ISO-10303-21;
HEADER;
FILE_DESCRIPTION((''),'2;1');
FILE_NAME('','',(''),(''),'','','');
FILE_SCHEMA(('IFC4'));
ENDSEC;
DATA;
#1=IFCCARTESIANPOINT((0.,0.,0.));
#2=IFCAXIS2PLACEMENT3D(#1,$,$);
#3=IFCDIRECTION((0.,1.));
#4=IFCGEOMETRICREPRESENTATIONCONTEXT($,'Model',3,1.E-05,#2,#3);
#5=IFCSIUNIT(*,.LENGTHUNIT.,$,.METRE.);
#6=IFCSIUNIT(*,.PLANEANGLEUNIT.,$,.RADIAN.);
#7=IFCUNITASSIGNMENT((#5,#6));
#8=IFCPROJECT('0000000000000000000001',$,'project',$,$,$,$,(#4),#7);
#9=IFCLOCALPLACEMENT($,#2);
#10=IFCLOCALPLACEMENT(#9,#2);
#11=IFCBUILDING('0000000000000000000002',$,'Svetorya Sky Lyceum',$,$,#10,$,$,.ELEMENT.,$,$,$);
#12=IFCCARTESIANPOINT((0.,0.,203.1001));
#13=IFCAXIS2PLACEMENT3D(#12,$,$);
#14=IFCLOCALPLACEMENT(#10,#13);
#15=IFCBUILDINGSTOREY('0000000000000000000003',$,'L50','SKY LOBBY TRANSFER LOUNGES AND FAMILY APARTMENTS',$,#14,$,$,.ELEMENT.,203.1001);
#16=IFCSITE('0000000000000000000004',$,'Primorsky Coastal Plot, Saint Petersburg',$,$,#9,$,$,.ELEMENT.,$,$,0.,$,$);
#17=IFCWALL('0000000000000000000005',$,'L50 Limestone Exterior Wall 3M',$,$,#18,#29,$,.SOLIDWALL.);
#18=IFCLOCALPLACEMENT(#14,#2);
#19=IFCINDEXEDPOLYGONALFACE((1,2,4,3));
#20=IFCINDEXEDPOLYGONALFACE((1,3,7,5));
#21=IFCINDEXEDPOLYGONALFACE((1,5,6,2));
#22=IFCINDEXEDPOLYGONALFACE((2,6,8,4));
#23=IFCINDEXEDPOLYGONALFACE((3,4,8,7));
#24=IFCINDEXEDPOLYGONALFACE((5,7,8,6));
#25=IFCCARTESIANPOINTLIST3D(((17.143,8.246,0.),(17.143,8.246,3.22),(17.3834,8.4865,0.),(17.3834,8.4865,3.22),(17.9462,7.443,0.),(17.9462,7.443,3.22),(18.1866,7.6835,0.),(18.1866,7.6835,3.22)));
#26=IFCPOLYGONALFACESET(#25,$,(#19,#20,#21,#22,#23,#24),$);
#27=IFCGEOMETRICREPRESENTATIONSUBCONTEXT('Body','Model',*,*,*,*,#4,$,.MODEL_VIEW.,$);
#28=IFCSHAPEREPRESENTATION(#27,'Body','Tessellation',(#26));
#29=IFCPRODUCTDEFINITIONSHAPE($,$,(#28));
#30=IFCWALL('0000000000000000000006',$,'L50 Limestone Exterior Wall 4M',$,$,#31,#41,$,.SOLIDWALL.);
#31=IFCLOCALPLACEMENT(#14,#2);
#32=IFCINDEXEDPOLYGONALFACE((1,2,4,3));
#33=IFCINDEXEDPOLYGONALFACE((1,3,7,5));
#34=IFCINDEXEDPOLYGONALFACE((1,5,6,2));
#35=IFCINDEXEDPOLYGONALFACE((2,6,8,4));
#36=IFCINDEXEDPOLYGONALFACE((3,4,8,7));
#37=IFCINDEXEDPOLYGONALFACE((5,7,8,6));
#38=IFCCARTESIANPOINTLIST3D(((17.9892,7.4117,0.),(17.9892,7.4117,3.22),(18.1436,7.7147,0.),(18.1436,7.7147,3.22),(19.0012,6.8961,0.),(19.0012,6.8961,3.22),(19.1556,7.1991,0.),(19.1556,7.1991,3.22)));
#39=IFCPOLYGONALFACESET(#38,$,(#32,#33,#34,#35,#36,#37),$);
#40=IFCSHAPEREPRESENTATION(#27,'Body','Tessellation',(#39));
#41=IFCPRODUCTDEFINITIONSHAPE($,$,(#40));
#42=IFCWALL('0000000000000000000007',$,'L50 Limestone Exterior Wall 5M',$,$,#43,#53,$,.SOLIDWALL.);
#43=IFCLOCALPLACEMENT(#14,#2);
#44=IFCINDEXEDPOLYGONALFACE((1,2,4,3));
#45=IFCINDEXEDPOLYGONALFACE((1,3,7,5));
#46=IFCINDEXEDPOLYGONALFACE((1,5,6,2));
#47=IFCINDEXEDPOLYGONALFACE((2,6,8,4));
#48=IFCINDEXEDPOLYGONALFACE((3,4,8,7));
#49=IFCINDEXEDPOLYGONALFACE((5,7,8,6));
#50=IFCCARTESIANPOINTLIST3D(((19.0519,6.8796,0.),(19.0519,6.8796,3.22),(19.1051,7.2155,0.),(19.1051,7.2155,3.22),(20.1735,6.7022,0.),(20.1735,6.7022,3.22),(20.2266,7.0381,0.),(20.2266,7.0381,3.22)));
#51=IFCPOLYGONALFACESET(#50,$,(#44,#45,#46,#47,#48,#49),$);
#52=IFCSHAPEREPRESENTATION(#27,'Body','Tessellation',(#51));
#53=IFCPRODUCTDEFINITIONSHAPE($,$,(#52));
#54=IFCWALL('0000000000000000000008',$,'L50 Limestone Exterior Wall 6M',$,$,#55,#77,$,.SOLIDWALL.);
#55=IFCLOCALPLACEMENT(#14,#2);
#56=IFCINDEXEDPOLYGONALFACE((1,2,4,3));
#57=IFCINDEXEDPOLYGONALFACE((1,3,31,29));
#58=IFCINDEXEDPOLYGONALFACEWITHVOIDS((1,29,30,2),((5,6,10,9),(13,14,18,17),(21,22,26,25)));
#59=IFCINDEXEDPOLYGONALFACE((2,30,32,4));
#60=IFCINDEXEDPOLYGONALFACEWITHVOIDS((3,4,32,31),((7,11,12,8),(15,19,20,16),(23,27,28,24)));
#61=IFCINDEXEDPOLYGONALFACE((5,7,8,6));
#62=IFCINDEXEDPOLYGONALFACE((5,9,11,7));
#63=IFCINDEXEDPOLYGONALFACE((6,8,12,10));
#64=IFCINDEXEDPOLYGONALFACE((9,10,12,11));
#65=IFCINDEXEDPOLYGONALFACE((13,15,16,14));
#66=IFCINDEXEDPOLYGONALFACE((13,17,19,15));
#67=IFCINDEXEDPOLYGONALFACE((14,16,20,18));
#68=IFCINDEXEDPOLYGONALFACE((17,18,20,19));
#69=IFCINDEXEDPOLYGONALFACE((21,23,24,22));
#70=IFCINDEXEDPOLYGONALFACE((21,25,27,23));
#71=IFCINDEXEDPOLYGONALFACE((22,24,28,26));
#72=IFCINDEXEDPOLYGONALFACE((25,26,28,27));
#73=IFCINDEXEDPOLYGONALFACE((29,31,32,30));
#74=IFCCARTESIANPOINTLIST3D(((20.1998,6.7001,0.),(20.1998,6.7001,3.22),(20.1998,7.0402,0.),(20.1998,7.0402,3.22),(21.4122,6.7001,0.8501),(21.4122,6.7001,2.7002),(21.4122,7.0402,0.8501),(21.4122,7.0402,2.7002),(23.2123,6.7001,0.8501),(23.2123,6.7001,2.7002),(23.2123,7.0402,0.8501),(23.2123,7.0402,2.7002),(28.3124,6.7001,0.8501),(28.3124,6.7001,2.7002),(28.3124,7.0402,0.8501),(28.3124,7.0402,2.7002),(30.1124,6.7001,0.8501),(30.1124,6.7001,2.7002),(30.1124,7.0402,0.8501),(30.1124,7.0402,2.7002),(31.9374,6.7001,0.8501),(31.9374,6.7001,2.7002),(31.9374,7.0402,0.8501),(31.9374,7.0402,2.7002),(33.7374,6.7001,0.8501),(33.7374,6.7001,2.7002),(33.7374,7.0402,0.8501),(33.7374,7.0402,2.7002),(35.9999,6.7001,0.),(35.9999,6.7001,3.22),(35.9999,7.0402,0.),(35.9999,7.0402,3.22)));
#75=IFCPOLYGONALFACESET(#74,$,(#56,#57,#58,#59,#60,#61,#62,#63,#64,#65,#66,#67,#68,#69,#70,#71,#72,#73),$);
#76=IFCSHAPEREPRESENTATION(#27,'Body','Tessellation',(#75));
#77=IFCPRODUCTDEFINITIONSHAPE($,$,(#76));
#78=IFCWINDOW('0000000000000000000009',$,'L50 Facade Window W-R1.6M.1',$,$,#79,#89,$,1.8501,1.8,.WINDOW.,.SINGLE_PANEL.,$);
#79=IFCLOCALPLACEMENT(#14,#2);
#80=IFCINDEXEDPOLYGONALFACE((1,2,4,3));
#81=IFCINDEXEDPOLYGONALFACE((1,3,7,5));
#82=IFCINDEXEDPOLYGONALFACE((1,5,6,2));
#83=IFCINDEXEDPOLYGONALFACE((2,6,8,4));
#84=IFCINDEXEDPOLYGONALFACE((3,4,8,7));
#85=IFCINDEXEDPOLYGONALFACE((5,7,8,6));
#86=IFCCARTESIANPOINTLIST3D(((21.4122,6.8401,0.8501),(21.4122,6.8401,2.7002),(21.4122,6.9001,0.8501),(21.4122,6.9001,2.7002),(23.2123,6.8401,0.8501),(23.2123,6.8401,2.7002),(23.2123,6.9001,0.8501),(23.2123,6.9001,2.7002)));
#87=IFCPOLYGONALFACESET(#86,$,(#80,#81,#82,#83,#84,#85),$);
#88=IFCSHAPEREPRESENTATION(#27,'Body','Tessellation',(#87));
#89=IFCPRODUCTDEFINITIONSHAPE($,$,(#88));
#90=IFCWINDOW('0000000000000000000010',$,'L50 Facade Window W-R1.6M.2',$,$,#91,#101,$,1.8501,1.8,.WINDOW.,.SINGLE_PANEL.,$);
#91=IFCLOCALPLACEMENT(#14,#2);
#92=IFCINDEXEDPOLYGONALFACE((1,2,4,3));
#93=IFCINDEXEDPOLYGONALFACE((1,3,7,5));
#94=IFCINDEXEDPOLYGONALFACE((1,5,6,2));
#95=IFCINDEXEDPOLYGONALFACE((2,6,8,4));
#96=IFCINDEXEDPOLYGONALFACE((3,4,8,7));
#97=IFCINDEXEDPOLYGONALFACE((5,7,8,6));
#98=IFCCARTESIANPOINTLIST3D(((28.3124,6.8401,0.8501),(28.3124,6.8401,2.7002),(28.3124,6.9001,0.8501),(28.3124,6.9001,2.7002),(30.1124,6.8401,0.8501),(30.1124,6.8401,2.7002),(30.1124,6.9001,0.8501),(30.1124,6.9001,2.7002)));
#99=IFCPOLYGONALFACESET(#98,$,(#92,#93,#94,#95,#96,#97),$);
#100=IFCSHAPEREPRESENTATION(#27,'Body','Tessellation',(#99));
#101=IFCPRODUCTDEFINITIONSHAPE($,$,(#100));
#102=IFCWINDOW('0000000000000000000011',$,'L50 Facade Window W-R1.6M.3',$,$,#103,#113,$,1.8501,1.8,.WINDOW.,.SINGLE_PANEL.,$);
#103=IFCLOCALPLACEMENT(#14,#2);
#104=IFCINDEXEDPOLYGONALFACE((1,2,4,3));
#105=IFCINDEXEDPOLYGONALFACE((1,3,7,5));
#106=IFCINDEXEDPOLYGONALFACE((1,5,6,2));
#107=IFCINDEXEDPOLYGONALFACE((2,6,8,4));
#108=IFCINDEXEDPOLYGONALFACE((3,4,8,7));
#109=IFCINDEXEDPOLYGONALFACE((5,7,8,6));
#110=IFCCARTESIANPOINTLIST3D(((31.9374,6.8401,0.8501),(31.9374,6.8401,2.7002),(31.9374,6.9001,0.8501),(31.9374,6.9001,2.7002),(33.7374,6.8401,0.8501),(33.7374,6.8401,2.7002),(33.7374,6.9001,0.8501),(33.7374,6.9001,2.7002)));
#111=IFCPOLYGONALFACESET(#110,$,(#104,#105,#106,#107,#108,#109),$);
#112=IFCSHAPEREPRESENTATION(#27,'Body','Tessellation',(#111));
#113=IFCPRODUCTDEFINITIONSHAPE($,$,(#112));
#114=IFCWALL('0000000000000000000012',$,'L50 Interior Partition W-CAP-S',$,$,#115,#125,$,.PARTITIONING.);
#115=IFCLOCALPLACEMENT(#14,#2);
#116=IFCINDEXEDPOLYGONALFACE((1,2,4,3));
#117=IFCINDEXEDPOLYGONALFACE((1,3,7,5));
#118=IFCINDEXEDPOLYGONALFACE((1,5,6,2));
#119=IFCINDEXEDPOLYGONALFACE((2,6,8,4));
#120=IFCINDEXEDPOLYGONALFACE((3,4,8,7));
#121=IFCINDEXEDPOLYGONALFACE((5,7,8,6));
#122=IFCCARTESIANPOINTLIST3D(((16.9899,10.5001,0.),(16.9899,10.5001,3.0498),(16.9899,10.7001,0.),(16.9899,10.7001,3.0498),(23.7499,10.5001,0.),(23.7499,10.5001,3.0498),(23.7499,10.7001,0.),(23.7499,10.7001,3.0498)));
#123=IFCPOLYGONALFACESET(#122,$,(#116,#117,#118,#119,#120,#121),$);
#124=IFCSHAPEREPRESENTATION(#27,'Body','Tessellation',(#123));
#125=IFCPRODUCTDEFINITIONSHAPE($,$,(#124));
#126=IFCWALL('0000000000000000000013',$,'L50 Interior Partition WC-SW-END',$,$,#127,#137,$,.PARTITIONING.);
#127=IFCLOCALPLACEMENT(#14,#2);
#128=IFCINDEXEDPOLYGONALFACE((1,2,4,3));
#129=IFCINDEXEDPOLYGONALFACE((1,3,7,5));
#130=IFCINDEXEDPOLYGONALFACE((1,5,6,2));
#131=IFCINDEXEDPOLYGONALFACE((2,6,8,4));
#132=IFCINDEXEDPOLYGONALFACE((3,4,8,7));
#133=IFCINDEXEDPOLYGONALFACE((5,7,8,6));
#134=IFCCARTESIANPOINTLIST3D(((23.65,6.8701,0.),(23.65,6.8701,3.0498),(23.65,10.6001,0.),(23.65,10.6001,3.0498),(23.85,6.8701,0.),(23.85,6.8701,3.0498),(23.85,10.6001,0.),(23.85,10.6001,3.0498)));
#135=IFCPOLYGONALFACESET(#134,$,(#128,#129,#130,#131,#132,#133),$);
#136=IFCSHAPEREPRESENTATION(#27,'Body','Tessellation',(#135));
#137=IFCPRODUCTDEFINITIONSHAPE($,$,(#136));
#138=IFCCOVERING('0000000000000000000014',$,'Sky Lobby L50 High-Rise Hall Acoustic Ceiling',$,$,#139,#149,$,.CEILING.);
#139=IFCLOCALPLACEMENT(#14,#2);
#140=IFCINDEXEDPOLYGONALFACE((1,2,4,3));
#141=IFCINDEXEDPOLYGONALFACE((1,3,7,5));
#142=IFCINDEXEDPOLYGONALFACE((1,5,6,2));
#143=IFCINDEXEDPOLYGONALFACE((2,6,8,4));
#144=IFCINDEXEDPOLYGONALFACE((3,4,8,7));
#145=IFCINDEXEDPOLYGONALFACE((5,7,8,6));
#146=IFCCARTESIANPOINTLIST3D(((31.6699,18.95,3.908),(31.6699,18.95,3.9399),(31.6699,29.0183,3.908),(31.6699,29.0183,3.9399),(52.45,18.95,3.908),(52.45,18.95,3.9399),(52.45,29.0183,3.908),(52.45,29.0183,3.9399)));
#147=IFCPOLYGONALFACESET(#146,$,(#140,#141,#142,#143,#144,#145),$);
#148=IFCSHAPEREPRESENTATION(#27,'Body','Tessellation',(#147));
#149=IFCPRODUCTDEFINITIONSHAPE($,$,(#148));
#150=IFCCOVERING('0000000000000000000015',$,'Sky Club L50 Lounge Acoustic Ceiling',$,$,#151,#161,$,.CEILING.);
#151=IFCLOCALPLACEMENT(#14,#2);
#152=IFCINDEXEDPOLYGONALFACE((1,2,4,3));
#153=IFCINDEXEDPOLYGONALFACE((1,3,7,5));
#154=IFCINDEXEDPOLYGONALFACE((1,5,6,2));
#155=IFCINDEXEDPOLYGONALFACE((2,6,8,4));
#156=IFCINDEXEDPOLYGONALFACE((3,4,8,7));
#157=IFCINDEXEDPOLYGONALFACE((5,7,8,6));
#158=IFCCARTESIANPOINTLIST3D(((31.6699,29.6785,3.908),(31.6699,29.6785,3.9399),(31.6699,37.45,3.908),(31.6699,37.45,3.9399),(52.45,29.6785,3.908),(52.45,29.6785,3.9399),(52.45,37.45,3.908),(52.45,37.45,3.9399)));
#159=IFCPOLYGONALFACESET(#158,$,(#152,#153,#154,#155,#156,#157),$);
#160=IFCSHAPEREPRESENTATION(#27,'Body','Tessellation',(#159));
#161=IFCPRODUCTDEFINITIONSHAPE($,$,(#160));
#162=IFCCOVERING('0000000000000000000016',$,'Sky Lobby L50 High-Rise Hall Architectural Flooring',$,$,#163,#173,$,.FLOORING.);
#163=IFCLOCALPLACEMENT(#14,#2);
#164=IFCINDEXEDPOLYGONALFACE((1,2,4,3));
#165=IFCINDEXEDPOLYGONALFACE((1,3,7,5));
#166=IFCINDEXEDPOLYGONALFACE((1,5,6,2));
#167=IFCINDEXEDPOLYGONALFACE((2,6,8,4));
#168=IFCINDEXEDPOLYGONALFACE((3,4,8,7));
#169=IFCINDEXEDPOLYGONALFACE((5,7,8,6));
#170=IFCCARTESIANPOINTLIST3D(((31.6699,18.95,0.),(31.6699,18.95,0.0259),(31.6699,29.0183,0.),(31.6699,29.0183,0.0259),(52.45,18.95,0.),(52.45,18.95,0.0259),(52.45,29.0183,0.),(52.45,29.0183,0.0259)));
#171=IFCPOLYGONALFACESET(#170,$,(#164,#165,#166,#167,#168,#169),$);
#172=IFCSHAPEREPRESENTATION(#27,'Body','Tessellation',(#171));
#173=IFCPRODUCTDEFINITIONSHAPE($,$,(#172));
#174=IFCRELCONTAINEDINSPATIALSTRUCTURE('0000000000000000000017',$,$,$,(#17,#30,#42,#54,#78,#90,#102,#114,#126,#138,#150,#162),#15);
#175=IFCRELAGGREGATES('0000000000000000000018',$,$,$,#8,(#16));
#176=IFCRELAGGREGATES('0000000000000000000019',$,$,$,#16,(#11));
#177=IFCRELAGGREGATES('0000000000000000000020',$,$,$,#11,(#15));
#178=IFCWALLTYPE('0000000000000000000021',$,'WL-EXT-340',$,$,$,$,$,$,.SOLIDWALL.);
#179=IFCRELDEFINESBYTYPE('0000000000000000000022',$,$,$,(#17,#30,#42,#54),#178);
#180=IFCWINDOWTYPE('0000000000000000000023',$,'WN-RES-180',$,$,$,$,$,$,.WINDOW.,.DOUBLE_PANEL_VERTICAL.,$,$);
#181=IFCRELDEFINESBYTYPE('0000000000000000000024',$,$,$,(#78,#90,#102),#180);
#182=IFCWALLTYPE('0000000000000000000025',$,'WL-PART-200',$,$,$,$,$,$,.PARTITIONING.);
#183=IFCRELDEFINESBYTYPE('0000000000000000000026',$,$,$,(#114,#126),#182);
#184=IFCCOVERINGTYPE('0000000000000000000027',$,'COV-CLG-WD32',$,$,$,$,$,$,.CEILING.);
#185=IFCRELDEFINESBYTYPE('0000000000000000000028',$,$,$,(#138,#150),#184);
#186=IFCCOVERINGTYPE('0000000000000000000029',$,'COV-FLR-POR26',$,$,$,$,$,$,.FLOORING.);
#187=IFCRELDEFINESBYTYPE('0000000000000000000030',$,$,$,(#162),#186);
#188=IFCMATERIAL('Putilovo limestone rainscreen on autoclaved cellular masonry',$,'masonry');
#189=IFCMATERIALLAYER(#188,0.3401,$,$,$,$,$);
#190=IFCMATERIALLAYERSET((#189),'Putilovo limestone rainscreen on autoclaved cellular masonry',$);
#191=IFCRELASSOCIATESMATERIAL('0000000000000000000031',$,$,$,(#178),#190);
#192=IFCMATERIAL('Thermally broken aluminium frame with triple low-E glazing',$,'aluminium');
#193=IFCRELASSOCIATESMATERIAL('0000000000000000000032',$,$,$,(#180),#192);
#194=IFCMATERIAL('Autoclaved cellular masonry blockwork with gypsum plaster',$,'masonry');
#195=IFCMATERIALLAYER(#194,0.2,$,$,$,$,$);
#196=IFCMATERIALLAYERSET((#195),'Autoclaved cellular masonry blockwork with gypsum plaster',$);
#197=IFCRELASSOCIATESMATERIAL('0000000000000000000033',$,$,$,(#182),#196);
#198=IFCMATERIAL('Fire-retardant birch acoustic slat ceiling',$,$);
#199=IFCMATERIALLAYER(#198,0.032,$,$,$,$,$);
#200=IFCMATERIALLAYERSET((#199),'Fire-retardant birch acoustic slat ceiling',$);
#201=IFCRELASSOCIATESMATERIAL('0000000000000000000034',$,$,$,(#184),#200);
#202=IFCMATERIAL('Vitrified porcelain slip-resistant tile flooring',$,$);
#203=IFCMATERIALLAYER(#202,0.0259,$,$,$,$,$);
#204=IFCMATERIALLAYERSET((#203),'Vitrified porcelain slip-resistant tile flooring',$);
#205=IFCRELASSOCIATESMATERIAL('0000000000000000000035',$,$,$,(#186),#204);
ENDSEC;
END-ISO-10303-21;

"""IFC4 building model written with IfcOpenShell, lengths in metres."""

from ifc_helpers import new_model, si_unit, direction, frame, frame_2d, origin, place, context, subcontext, project, spatial, polyline, rectangle, outline, extrude, material, layer, layer_set, type_object, element, fill, save


model = new_model("IFC4")

# Units and contexts
model_context = context("Model", 3, precision=1e-05, world=origin(), true_north=direction((0.0, 1.0)))
body_context = subcontext(model_context, "Body", "Model", "MODEL_VIEW")
ifc_project = project(units=[si_unit("LENGTHUNIT", "METRE"), si_unit("PLANEANGLEUNIT", "RADIAN")], contexts=[model_context])

# Site, building, storey
site_placement = place(None, origin())
site = spatial("IfcSite", under=ifc_project, at=site_placement, Name="Primorsky Coastal Plot, Saint Petersburg", CompositionType="ELEMENT", RefElevation=0.0)
building_placement = place(site_placement, origin())
building = spatial("IfcBuilding", under=site, at=building_placement, Name="Svetorya Sky Lyceum", CompositionType="ELEMENT")
storey_placement = place(building_placement, frame((0.0, 0.0, 203.1001)))
storey = spatial("IfcBuildingStorey", under=building, at=storey_placement, Name="L50", Description="SKY LOBBY TRANSFER LOUNGES AND FAMILY APARTMENTS", CompositionType="ELEMENT", Elevation=203.1001)

# Walls
ifc_material_1 = material(Name="Putilovo limestone rainscreen on autoclaved cellular masonry", Category="masonry")
ifc_layer_1 = layer(ifc_material_1, 0.3401)
ifc_layer_set_1 = layer_set([ifc_layer_1], Name="Putilovo limestone rainscreen on autoclaved cellular masonry")
wall_type_1 = type_object("IfcWallType", Name="WL-EXT-340", PredefinedType="SOLIDWALL", material=ifc_layer_set_1)
for number, where, z_axis, x_axis, name in (
    (1, (17.2632, 8.3662, 0.0), (0.0, 0.0, 1.0), (0.707214, -0.706999, 0.0), "L50 Limestone Exterior Wall 3M"),
    (2, (18.0664, 7.5632, 0.0), (0.0, 0.0, 1.0), (0.891005, -0.453993, 0.0), "L50 Limestone Exterior Wall 4M"),
):
    element("IfcWall", number, at=place(storey_placement, frame(where, z_axis=z_axis, x_axis=x_axis)), inside=storey, type_object=wall_type_1, Name=name, PredefinedType="SOLIDWALL", context=body_context, shape_type="SweptSolid", body=[
        extrude(rectangle(XDim=1.1357, YDim=0.3401, at=frame_2d((0.5679, 0.0))), origin(), (0.0, 0.0, 1.0), 3.22),
    ])
wall_1_placement = place(storey_placement, frame((19.0784, 7.0476, 0.0), z_axis=(0.0, 0.0, 1.0), x_axis=(0.987709, -0.156305, 0.0)))
element("IfcWall", 3, at=wall_1_placement, inside=storey, type_object=wall_type_1, Name="L50 Limestone Exterior Wall 5M", PredefinedType="SOLIDWALL", context=body_context, shape_type="SweptSolid", body=[
    extrude(rectangle(XDim=1.1355, YDim=0.3401, at=frame_2d((0.5679, 0.0))), origin(), (0.0, 0.0, 1.0), 3.22),
])

# Wall, openings, windows
wall_2_placement = place(storey_placement, frame((20.2, 6.8701, 0.0), z_axis=(0.0, 0.0, 1.0), x_axis=(1.0, 0.0, 0.0)))
wall_2 = element("IfcWall", 4, at=wall_2_placement, inside=storey, type_object=wall_type_1, Name="L50 Limestone Exterior Wall 6M", PredefinedType="SOLIDWALL", context=body_context, shape_type="SweptSolid", body=[
    extrude(rectangle(XDim=15.8, YDim=0.3401, at=frame_2d((7.8999, 0.0))), origin(), (0.0, 0.0, 1.0), 3.22),
])
opening_1_placement = place(wall_2_placement, frame((1.2124, 0.0, 0.8501)))
opening_1 = element("IfcOpeningElement", 5, at=opening_1_placement, cuts=wall_2, PredefinedType="OPENING", context=body_context, shape_type="SweptSolid", body=[
    extrude(rectangle(XDim=1.8, YDim=1.8501, at=frame_2d((0.8999, 0.925))), frame((0.0, 0.1799, 0.0), z_axis=(0.0, -1.0, 0.0), x_axis=(1.0, 0.0, 0.0)), (0.0, 0.0, 1.0), 0.3601),
])
opening_2_placement = place(wall_2_placement, frame((8.1125, 0.0, 0.8501)))
opening_2 = element("IfcOpeningElement", 6, at=opening_2_placement, cuts=wall_2, PredefinedType="OPENING", context=body_context, shape_type="SweptSolid", body=[
    extrude(rectangle(XDim=1.8, YDim=1.8501, at=frame_2d((0.8999, 0.925))), frame((0.0, 0.1799, 0.0), z_axis=(0.0, -1.0, 0.0), x_axis=(1.0, 0.0, 0.0)), (0.0, 0.0, 1.0), 0.3601),
])
opening_3_placement = place(wall_2_placement, frame((11.7375, 0.0, 0.8501)))
opening_3 = element("IfcOpeningElement", 7, at=opening_3_placement, cuts=wall_2, PredefinedType="OPENING", context=body_context, shape_type="SweptSolid", body=[
    extrude(rectangle(XDim=1.8, YDim=1.8501, at=frame_2d((0.8999, 0.925))), frame((0.0, 0.1799, 0.0), z_axis=(0.0, -1.0, 0.0), x_axis=(1.0, 0.0, 0.0)), (0.0, 0.0, 1.0), 0.3601),
])
ifc_material_2 = material(Name="Thermally broken aluminium frame with triple low-E glazing", Category="aluminium")
window_type = type_object("IfcWindowType", Name="WN-RES-180", PartitioningType="DOUBLE_PANEL_VERTICAL", PredefinedType="WINDOW", material=ifc_material_2)
window_1_placement = place(opening_1_placement, origin())
window_1 = element("IfcWindow", 8, at=window_1_placement, inside=storey, type_object=window_type, Name="L50 Facade Window W-R1.6M.1", OverallHeight=1.8501, OverallWidth=1.8, PartitioningType="SINGLE_PANEL", PredefinedType="WINDOW", context=body_context, shape_type="SweptSolid", body=[
    extrude(rectangle(XDim=1.8, YDim=1.8501, at=frame_2d((0.8999, 0.925))), frame((0.0, 0.03, 0.0), z_axis=(0.0, -1.0, 0.0), x_axis=(1.0, 0.0, 0.0)), (0.0, 0.0, 1.0), 0.0601),
])
fill(opening_1, window_1)
window_2_placement = place(opening_2_placement, origin())
window_2 = element("IfcWindow", 9, at=window_2_placement, inside=storey, type_object=window_type, Name="L50 Facade Window W-R1.6M.2", OverallHeight=1.8501, OverallWidth=1.8, PartitioningType="SINGLE_PANEL", PredefinedType="WINDOW", context=body_context, shape_type="SweptSolid", body=[
    extrude(rectangle(XDim=1.8, YDim=1.8501, at=frame_2d((0.8999, 0.925))), frame((0.0, 0.03, 0.0), z_axis=(0.0, -1.0, 0.0), x_axis=(1.0, 0.0, 0.0)), (0.0, 0.0, 1.0), 0.0601),
])
fill(opening_2, window_2)
window_3_placement = place(opening_3_placement, origin())
window_3 = element("IfcWindow", 10, at=window_3_placement, inside=storey, type_object=window_type, Name="L50 Facade Window W-R1.6M.3", OverallHeight=1.8501, OverallWidth=1.8, PartitioningType="SINGLE_PANEL", PredefinedType="WINDOW", context=body_context, shape_type="SweptSolid", body=[
    extrude(rectangle(XDim=1.8, YDim=1.8501, at=frame_2d((0.8999, 0.925))), frame((0.0, 0.03, 0.0), z_axis=(0.0, -1.0, 0.0), x_axis=(1.0, 0.0, 0.0)), (0.0, 0.0, 1.0), 0.0601),
])
fill(opening_3, window_3)

# Walls
ifc_material_3 = material(Name="Autoclaved cellular masonry blockwork with gypsum plaster", Category="masonry")
ifc_layer_2 = layer(ifc_material_3, 0.2)
ifc_layer_set_2 = layer_set([ifc_layer_2], Name="Autoclaved cellular masonry blockwork with gypsum plaster")
wall_type_2 = type_object("IfcWallType", Name="WL-PART-200", PredefinedType="PARTITIONING", material=ifc_layer_set_2)
wall_3_placement = place(storey_placement, frame((16.99, 10.6001, 0.0), z_axis=(0.0, 0.0, 1.0), x_axis=(1.0, 0.0, 0.0)))
element("IfcWall", 11, at=wall_3_placement, inside=storey, type_object=wall_type_2, Name="L50 Interior Partition W-CAP-S", PredefinedType="PARTITIONING", context=body_context, shape_type="SweptSolid", body=[
    extrude(rectangle(XDim=6.76, YDim=0.2, at=frame_2d((3.3799, 0.0))), origin(), (0.0, 0.0, 1.0), 3.0498),
])
wall_4_placement = place(storey_placement, frame((23.75, 6.8701, 0.0), z_axis=(0.0, 0.0, 1.0), x_axis=(0.0, 1.0, 0.0)))
element("IfcWall", 12, at=wall_4_placement, inside=storey, type_object=wall_type_2, Name="L50 Interior Partition WC-SW-END", PredefinedType="PARTITIONING", context=body_context, shape_type="SweptSolid", body=[
    extrude(rectangle(XDim=3.73, YDim=0.2, at=frame_2d((1.865, 0.0))), origin(), (0.0, 0.0, 1.0), 3.0498),
])

# Coverings
ifc_material_4 = material(Name="Fire-retardant birch acoustic slat ceiling")
ifc_layer_3 = layer(ifc_material_4, 0.032)
ifc_layer_set_3 = layer_set([ifc_layer_3], Name="Fire-retardant birch acoustic slat ceiling")
covering_type_1 = type_object("IfcCoveringType", Name="COV-CLG-WD32", PredefinedType="CEILING", material=ifc_layer_set_3)
covering_1_placement = place(storey_placement, frame((0.0, 0.0, 3.908)))
element("IfcCovering", 13, at=covering_1_placement, inside=storey, type_object=covering_type_1, Name="Sky Lobby L50 High-Rise Hall Acoustic Ceiling", PredefinedType="CEILING", context=body_context, shape_type="SweptSolid", body=[
    extrude(outline(polyline([(31.6699, 18.95), (52.45, 18.95), (52.45, 29.0183), (31.6699, 29.0183), (31.6699, 18.95)])), origin(), (0.0, 0.0, 1.0), 0.032),
])
covering_2_placement = place(storey_placement, frame((0.0, 0.0, 3.908)))
element("IfcCovering", 14, at=covering_2_placement, inside=storey, type_object=covering_type_1, Name="Sky Club L50 Lounge Acoustic Ceiling", PredefinedType="CEILING", context=body_context, shape_type="SweptSolid", body=[
    extrude(outline(polyline([(31.6699, 29.6785), (52.45, 29.6785), (52.45, 37.45), (31.6699, 37.45), (31.6699, 29.6785)])), origin(), (0.0, 0.0, 1.0), 0.032),
])
ifc_material_5 = material(Name="Vitrified porcelain slip-resistant tile flooring")
ifc_layer_4 = layer(ifc_material_5, 0.0259)
ifc_layer_set_4 = layer_set([ifc_layer_4], Name="Vitrified porcelain slip-resistant tile flooring")
covering_type_2 = type_object("IfcCoveringType", Name="COV-FLR-POR26", PredefinedType="FLOORING", material=ifc_layer_set_4)
covering_3_placement = place(storey_placement, origin())
element("IfcCovering", 15, at=covering_3_placement, inside=storey, type_object=covering_type_2, Name="Sky Lobby L50 High-Rise Hall Architectural Flooring", PredefinedType="FLOORING", context=body_context, shape_type="SweptSolid", body=[
    extrude(outline(polyline([(31.6699, 18.95), (52.45, 18.95), (52.45, 29.0183), (31.6699, 29.0183), (31.6699, 18.95)])), origin(), (0.0, 0.0, 1.0), 0.0259),
])

save(model, "model.ifc")
